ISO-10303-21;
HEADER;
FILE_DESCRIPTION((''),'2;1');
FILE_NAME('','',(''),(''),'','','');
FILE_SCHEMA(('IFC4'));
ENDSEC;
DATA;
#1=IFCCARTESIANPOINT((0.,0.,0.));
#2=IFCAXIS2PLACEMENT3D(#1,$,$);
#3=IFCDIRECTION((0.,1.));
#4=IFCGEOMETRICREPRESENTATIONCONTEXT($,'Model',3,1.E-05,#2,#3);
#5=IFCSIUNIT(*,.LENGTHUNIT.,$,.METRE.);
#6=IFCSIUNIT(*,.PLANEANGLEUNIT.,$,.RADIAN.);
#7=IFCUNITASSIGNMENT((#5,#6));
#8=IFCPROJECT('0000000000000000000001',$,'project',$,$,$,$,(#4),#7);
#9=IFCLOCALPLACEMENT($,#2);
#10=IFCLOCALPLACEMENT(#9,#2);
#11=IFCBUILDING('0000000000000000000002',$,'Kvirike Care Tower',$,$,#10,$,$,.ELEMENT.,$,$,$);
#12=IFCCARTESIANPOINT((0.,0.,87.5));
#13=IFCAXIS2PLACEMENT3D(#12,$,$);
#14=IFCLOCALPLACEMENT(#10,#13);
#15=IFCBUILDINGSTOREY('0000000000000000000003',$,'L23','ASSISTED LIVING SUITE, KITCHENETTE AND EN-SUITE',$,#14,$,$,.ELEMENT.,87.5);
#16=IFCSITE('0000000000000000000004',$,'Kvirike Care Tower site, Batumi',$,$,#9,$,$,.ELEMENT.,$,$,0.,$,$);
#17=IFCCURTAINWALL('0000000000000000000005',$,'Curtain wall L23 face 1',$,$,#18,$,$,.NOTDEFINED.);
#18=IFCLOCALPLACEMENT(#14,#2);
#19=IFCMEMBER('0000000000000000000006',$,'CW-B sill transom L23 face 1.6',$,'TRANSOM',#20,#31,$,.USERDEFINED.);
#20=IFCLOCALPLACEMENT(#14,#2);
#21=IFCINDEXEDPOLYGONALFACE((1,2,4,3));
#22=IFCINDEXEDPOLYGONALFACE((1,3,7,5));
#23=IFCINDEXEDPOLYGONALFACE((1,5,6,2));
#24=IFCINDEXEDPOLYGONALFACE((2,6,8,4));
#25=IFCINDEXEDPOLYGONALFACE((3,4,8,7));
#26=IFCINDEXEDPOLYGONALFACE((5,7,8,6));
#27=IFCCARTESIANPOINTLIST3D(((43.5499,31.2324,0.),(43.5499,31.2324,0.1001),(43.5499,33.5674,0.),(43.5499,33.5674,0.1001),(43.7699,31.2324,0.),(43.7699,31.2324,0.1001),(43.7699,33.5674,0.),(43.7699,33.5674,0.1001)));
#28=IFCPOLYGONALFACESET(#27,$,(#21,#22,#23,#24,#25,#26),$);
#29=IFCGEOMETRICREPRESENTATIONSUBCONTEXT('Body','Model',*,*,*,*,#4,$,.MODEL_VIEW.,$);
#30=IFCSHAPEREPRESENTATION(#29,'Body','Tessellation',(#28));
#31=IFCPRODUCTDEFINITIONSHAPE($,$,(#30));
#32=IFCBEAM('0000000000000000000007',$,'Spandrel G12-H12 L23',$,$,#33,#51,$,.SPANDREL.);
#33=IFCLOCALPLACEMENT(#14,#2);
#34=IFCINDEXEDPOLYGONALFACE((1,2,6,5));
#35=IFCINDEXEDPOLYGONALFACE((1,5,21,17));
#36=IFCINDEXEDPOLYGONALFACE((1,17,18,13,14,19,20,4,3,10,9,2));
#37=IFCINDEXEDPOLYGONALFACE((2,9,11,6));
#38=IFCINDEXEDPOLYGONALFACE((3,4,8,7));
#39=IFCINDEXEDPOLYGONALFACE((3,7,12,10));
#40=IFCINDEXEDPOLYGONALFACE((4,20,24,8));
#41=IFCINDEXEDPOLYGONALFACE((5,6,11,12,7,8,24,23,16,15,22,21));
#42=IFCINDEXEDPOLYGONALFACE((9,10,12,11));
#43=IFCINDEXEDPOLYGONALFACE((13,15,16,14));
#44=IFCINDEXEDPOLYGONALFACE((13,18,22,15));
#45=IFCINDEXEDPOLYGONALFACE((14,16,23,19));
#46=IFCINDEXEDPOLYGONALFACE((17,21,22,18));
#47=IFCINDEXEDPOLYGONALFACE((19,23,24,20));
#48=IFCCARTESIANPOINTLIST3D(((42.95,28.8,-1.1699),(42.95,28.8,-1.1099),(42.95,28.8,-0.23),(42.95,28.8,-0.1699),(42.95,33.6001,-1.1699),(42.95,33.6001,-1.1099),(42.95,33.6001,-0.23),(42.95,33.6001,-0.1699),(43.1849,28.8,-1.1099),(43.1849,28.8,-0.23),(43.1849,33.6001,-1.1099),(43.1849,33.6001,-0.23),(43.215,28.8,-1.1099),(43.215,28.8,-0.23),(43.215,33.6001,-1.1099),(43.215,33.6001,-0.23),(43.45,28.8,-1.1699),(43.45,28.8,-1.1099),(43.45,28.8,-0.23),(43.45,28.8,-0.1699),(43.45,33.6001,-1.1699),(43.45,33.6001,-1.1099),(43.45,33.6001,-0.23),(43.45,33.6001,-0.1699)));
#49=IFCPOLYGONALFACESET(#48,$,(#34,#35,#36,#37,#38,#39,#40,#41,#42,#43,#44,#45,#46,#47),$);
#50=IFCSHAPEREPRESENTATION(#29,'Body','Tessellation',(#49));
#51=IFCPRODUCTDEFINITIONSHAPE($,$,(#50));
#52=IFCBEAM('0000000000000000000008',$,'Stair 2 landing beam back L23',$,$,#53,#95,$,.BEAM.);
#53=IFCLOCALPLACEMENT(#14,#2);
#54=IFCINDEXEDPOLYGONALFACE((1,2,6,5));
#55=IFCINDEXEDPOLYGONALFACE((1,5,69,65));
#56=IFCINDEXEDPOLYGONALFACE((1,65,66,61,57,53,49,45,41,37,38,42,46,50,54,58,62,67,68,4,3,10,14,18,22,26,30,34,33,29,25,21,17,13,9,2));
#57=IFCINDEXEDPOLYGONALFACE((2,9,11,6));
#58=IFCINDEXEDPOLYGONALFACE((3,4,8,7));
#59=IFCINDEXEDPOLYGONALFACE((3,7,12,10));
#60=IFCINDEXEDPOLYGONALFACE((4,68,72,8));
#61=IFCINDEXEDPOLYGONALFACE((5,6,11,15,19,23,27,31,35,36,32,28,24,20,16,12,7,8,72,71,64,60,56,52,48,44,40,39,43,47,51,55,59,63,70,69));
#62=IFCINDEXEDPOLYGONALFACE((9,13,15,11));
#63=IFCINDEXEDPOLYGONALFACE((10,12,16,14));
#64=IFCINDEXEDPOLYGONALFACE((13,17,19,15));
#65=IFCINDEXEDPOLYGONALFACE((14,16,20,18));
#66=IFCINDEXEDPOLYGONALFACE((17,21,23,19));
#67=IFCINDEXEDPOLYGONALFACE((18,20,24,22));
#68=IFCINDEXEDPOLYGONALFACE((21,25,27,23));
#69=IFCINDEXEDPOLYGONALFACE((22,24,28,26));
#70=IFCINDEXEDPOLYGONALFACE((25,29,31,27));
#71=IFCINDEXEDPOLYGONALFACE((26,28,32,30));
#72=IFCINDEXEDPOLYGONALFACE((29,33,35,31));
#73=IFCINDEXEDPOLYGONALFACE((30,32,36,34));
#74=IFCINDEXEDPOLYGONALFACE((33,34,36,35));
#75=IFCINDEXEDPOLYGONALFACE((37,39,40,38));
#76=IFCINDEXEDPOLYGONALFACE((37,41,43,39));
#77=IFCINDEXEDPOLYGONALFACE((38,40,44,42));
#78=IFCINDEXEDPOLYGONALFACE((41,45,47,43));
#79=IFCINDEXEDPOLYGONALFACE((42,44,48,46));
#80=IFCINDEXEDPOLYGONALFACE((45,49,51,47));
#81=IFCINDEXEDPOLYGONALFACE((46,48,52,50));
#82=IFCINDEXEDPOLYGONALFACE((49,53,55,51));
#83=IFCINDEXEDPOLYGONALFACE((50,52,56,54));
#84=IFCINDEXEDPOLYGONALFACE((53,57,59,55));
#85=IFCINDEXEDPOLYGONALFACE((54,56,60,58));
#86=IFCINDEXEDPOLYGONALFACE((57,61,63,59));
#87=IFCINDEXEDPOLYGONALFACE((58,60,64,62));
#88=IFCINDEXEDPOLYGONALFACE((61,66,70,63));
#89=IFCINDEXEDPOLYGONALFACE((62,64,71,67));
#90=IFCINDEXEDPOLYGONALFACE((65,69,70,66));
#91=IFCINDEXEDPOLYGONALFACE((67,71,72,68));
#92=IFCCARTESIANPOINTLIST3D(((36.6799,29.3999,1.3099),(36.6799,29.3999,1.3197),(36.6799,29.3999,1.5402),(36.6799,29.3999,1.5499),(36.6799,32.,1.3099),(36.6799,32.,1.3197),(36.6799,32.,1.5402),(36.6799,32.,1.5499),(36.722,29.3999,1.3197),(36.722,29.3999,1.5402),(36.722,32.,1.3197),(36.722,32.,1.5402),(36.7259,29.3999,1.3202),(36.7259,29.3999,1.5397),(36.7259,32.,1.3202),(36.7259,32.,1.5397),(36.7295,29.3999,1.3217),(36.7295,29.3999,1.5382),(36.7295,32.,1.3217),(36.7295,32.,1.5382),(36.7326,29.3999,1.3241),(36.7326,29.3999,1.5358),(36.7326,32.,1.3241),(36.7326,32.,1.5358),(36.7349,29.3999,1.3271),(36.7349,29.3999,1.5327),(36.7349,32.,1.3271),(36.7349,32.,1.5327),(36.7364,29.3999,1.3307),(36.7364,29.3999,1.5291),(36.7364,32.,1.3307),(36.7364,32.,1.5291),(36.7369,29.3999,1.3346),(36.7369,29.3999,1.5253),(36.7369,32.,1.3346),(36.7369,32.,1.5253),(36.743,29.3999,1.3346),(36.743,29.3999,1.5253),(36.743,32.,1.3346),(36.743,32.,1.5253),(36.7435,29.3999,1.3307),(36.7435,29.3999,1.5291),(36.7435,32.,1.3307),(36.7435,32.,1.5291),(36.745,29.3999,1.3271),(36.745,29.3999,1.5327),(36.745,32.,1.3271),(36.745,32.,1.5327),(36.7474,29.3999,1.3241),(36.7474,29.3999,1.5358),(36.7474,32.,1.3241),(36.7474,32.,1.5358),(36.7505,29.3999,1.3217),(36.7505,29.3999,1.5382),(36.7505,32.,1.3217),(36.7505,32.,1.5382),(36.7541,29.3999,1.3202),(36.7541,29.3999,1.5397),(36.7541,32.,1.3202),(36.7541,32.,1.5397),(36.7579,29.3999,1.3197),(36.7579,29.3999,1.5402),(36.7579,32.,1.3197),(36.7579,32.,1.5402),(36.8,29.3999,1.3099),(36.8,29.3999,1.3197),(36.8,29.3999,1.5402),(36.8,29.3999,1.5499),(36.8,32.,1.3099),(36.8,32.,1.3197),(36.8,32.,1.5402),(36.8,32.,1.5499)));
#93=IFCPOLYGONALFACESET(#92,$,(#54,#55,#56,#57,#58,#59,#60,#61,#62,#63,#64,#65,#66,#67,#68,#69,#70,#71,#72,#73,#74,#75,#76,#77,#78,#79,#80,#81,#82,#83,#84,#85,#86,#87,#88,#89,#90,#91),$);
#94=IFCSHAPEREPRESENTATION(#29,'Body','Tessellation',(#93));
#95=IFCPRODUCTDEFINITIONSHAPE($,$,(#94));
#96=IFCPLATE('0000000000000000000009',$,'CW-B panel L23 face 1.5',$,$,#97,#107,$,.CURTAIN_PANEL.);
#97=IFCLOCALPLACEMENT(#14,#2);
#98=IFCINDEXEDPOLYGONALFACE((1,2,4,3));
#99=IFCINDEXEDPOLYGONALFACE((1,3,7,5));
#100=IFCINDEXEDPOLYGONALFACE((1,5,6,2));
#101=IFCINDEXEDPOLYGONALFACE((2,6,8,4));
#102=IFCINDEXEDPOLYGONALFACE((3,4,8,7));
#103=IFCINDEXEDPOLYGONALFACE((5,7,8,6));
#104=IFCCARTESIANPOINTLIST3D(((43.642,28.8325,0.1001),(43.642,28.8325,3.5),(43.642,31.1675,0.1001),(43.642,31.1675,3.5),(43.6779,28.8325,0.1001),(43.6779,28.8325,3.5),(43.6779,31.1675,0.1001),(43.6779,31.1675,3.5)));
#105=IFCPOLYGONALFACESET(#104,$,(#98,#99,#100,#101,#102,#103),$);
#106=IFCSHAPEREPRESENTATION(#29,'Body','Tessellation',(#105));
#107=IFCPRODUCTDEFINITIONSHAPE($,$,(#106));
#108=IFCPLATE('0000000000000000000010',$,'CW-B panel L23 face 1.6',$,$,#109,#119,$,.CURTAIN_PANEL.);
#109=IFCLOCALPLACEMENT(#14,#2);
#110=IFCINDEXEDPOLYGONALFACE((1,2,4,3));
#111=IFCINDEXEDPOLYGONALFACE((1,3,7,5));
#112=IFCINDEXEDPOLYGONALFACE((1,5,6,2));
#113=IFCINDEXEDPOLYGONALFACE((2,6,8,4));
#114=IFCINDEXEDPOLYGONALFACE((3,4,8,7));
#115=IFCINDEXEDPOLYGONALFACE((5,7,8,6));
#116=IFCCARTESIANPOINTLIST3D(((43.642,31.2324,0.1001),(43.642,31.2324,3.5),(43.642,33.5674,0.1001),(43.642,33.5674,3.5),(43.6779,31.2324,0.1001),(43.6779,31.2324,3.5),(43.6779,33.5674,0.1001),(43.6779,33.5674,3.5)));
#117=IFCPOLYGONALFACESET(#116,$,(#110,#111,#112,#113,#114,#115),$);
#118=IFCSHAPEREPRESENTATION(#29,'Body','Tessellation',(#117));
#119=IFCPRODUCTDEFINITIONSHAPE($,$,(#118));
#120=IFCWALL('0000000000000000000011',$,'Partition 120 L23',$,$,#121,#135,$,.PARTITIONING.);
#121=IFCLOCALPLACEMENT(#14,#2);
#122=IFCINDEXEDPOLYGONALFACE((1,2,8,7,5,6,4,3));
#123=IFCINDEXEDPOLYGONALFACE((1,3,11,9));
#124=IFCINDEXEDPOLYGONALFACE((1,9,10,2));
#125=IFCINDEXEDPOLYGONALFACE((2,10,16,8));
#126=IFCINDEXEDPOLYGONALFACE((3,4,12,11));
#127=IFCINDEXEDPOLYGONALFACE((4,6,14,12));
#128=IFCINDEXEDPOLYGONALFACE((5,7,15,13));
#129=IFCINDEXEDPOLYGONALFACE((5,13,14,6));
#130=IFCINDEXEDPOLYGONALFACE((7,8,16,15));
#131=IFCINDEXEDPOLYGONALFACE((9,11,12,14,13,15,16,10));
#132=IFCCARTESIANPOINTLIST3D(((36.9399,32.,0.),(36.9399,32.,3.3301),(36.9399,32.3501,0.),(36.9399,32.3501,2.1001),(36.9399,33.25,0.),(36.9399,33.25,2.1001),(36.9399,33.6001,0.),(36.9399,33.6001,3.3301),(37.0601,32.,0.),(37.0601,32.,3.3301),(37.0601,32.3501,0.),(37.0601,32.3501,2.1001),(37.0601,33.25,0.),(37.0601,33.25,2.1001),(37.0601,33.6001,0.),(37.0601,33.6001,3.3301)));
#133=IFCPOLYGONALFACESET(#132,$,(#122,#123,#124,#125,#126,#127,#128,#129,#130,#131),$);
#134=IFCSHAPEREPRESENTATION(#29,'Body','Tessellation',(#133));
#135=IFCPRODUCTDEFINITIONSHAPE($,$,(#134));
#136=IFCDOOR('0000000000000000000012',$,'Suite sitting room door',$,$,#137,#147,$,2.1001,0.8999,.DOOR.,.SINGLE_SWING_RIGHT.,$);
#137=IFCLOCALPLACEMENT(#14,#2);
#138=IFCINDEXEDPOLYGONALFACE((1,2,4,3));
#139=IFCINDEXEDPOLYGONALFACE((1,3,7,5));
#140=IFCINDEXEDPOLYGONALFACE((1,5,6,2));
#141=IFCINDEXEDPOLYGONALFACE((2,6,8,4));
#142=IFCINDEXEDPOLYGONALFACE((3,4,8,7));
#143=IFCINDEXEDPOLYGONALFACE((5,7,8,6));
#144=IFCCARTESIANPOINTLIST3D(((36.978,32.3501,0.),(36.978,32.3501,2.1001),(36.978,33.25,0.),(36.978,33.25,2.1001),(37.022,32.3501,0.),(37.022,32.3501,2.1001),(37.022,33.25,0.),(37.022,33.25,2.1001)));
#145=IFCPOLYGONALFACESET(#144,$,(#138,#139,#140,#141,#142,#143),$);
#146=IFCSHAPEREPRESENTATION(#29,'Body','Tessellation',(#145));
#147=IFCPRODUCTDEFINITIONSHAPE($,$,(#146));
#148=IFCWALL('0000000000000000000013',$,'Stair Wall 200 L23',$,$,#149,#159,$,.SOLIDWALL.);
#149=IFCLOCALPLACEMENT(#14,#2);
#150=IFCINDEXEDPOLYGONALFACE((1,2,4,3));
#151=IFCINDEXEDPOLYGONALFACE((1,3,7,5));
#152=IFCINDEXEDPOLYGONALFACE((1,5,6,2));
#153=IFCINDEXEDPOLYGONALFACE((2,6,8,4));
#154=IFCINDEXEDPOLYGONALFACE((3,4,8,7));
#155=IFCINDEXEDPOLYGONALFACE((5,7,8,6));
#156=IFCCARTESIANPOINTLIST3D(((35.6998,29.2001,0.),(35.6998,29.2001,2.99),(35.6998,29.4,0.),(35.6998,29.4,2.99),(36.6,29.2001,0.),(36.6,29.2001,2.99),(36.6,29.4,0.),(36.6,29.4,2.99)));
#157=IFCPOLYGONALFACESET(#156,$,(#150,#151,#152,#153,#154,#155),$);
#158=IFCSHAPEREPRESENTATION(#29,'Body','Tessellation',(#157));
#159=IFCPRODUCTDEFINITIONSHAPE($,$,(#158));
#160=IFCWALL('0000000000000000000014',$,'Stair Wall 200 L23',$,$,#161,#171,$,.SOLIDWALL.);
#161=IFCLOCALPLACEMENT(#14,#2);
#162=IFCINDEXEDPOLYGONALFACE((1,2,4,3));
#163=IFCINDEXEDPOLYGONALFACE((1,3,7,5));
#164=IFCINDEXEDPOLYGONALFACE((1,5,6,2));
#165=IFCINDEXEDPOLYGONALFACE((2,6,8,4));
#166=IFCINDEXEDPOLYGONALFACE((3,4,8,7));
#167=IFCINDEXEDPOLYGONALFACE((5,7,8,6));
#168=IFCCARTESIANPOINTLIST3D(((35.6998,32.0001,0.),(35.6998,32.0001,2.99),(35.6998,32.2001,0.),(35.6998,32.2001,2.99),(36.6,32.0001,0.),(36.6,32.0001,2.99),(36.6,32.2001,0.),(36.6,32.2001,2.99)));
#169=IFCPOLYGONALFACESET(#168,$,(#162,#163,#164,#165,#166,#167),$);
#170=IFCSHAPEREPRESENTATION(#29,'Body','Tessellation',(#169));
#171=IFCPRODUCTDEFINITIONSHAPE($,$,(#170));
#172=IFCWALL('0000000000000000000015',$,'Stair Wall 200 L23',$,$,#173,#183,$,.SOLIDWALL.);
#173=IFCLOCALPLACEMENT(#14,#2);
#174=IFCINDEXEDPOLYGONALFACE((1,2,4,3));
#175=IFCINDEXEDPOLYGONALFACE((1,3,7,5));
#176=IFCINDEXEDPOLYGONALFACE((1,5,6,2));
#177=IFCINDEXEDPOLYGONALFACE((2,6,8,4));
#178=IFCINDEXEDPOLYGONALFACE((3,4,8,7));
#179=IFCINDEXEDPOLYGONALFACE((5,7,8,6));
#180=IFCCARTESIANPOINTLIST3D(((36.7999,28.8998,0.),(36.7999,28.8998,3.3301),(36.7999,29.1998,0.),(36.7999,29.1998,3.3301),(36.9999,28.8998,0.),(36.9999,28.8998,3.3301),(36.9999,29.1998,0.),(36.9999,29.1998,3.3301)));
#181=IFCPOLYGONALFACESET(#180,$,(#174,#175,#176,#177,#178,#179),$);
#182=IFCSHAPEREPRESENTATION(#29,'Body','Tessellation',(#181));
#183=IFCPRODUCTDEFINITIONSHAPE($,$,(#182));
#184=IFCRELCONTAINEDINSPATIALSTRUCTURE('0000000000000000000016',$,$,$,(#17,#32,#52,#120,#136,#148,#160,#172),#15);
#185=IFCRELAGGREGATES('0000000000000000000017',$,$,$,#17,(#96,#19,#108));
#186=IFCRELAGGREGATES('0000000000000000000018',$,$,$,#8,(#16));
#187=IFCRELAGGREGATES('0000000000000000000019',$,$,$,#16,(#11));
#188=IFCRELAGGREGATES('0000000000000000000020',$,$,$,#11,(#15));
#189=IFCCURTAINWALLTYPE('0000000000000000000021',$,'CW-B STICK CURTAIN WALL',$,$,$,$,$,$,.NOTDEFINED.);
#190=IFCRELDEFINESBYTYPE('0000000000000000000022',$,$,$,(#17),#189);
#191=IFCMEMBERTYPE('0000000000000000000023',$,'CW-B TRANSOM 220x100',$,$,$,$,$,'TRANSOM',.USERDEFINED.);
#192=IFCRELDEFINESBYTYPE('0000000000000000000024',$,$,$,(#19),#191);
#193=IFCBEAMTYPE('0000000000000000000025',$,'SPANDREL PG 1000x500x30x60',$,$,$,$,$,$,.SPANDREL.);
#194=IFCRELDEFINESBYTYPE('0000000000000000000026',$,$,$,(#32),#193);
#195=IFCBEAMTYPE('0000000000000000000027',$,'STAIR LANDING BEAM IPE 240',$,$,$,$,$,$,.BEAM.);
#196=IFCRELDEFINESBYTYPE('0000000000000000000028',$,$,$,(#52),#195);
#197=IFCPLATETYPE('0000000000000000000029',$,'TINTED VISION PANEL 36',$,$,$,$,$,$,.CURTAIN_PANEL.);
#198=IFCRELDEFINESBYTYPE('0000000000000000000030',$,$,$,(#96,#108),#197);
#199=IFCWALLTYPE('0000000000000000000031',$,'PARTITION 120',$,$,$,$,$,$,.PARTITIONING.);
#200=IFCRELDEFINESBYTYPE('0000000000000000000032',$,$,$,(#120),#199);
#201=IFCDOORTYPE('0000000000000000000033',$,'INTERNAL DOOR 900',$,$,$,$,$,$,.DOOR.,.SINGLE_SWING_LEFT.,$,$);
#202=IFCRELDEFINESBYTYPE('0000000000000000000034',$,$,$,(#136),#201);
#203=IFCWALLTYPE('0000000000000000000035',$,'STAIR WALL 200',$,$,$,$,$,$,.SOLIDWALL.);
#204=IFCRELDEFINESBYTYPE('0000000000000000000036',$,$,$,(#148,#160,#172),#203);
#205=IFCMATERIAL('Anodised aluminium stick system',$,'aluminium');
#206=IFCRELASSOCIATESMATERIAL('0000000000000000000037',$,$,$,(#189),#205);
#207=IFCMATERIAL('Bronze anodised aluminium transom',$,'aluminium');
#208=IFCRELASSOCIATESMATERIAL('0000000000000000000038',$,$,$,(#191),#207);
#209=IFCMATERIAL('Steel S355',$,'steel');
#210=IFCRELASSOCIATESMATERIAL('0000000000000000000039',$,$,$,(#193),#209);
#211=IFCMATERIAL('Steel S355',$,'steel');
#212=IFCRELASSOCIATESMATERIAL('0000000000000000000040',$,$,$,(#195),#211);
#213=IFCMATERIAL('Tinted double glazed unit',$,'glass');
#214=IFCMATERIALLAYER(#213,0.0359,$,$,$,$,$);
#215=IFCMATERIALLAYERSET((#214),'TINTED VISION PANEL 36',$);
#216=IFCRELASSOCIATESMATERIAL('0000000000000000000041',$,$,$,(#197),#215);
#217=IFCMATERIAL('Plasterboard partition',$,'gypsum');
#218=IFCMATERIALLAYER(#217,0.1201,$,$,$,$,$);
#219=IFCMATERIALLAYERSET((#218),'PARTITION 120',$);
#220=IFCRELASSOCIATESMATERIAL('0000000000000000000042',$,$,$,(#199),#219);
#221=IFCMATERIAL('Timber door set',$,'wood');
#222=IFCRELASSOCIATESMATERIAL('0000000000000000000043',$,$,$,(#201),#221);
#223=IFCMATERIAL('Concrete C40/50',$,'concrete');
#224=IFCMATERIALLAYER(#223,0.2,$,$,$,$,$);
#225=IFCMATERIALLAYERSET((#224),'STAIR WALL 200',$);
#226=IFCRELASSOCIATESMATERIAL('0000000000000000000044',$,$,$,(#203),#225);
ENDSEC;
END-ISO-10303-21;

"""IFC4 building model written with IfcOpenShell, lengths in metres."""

from ifc_helpers import new_model, si_unit, direction, frame, frame_2d, origin, origin_2d, place, context, subcontext, project, spatial, rectangle, i_section, extrude, material, layer, layer_set, material_profile, profile_set, type_object, element, fill, aggregate, save


model = new_model("IFC4")

# Units and contexts
model_context = context("Model", 3, precision=1e-05, world=origin(), true_north=direction((0.0, 1.0)))
body_context = subcontext(model_context, "Body", "Model", "MODEL_VIEW")
ifc_project = project(units=[si_unit("LENGTHUNIT", "METRE"), si_unit("PLANEANGLEUNIT", "RADIAN")], contexts=[model_context])

# Site, building, storey
site_placement = place(None, origin())
site = spatial("IfcSite", under=ifc_project, at=site_placement, Name="Kvirike Care Tower site, Batumi", CompositionType="ELEMENT", RefElevation=0.0)
building_placement = place(site_placement, origin())
building = spatial("IfcBuilding", under=site, at=building_placement, Name="Kvirike Care Tower", CompositionType="ELEMENT")
storey_placement = place(building_placement, frame((0.0, 0.0, 87.5)))
storey = spatial("IfcBuildingStorey", under=building, at=storey_placement, Name="L23", Description="ASSISTED LIVING SUITE, KITCHENETTE AND EN-SUITE", CompositionType="ELEMENT", Elevation=87.5)

# Curtain wall, member
ifc_material_1 = material(Name="Anodised aluminium stick system", Category="aluminium")
curtain_wall_type = type_object("IfcCurtainWallType", Name="CW-B STICK CURTAIN WALL", PredefinedType="NOTDEFINED", material=ifc_material_1)
curtain_wall_placement = place(storey_placement, origin())
curtain_wall = element("IfcCurtainWall", 1, at=curtain_wall_placement, inside=storey, type_object=curtain_wall_type, Name="Curtain wall L23 face 1", PredefinedType="NOTDEFINED")
ifc_material_2 = material(Name="Bronze anodised aluminium transom", Category="aluminium")
ifc_material_profile_1 = material_profile(ifc_material_2, rectangle(XDim=0.22, YDim=0.1001, at=origin_2d()), Name="CW-B TRANSOM 220x100")
ifc_profile_set_1 = profile_set([ifc_material_profile_1], Name="Bronze anodised aluminium transom")
member_type_1 = type_object("IfcMemberType", Name="CW-B TRANSOM 220x100", ElementType="TRANSOM", PredefinedType="USERDEFINED", material=ifc_profile_set_1)
member_1_placement = place(storey_placement, frame((43.6599, 31.2324, 0.05), z_axis=(0.0, 1.0, 0.0), x_axis=(-1.0, 0.0, 0.0)))
member_1 = element("IfcMember", 2, at=member_1_placement, type_object=member_type_1, Name="CW-B sill transom L23 face 1.6", ObjectType="TRANSOM", PredefinedType="USERDEFINED", context=body_context, shape_type="SweptSolid", body=[
    extrude(rectangle(XDim=0.22, YDim=0.1001, at=origin_2d()), origin(), (0.0, 0.0, 1.0), 2.335),
])

# Beams
ifc_material_3 = material(Name="Steel S355", Category="steel")
ifc_material_profile_2 = material_profile(ifc_material_3, i_section(OverallWidth=0.5, OverallDepth=1.0, WebThickness=0.03, FlangeThickness=0.0601, at=origin_2d()), Name="PG 1000x500x30x60")
ifc_profile_set_2 = profile_set([ifc_material_profile_2], Name="Steel S355")
beam_type_1 = type_object("IfcBeamType", Name="SPANDREL PG 1000x500x30x60", PredefinedType="SPANDREL", material=ifc_profile_set_2)
beam_1_placement = place(storey_placement, frame((43.2, 28.8, -0.6699), z_axis=(0.0, 1.0, 0.0), x_axis=(-1.0, 0.0, 0.0)))
element("IfcBeam", 3, at=beam_1_placement, inside=storey, type_object=beam_type_1, Name="Spandrel G12-H12 L23", PredefinedType="SPANDREL", context=body_context, shape_type="SweptSolid", body=[
    extrude(i_section(OverallWidth=0.5, OverallDepth=1.0, WebThickness=0.03, FlangeThickness=0.0601, at=origin_2d()), origin(), (0.0, 0.0, 1.0), 4.8),
])
ifc_material_4 = material(Name="Steel S355", Category="steel")
ifc_material_profile_3 = material_profile(ifc_material_4, i_section(OverallWidth=0.1201, OverallDepth=0.24, WebThickness=0.0061, FlangeThickness=0.0098, FilletRadius=0.0149, at=origin_2d()), Name="IPE 240")
ifc_profile_set_3 = profile_set([ifc_material_profile_3], Name="Steel S355")
beam_type_2 = type_object("IfcBeamType", Name="STAIR LANDING BEAM IPE 240", PredefinedType="BEAM", material=ifc_profile_set_3)
beam_2_placement = place(storey_placement, frame((36.74, 29.3999, 1.4299), z_axis=(0.0, 1.0, 0.0), x_axis=(-1.0, 0.0, 0.0)))
element("IfcBeam", 4, at=beam_2_placement, inside=storey, type_object=beam_type_2, Name="Stair 2 landing beam back L23", PredefinedType="BEAM", context=body_context, shape_type="SweptSolid", body=[
    extrude(i_section(OverallWidth=0.1201, OverallDepth=0.24, WebThickness=0.0061, FlangeThickness=0.0098, FilletRadius=0.0149, at=origin_2d()), origin(), (0.0, 0.0, 1.0), 2.6001),
])

# Plates
ifc_material_5 = material(Name="Tinted double glazed unit", Category="glass")
ifc_layer_1 = layer(ifc_material_5, 0.0359)
ifc_layer_set_1 = layer_set([ifc_layer_1], Name="TINTED VISION PANEL 36")
plate_type = type_object("IfcPlateType", Name="TINTED VISION PANEL 36", PredefinedType="CURTAIN_PANEL", material=ifc_layer_set_1)
plate_1_placement = place(storey_placement, frame((43.6599, 30.0, 0.1001), z_axis=(0.0, 0.0, 1.0), x_axis=(0.0, 1.0, 0.0)))
plate_1 = element("IfcPlate", 5, at=plate_1_placement, type_object=plate_type, Name="CW-B panel L23 face 1.5", PredefinedType="CURTAIN_PANEL", context=body_context, shape_type="SweptSolid", body=[
    extrude(rectangle(XDim=2.335, YDim=0.0359, at=origin_2d()), origin(), (0.0, 0.0, 1.0), 3.3999),
])
plate_2_placement = place(storey_placement, frame((43.6599, 32.3999, 0.1001), z_axis=(0.0, 0.0, 1.0), x_axis=(0.0, 1.0, 0.0)))
plate_2 = element("IfcPlate", 6, at=plate_2_placement, type_object=plate_type, Name="CW-B panel L23 face 1.6", PredefinedType="CURTAIN_PANEL", context=body_context, shape_type="SweptSolid", body=[
    extrude(rectangle(XDim=2.335, YDim=0.0359, at=origin_2d()), origin(), (0.0, 0.0, 1.0), 3.3999),
])
aggregate(curtain_wall, [plate_1, member_1, plate_2])

# Wall, opening, door
ifc_material_6 = material(Name="Plasterboard partition", Category="gypsum")
ifc_layer_2 = layer(ifc_material_6, 0.1201)
ifc_layer_set_2 = layer_set([ifc_layer_2], Name="PARTITION 120")
wall_type_1 = type_object("IfcWallType", Name="PARTITION 120", PredefinedType="PARTITIONING", material=ifc_layer_set_2)
wall_1_placement = place(storey_placement, frame((37.0, 32.0, 0.0), z_axis=(0.0, 0.0, 1.0), x_axis=(0.0, 1.0, 0.0)))
wall_1 = element("IfcWall", 7, at=wall_1_placement, inside=storey, type_object=wall_type_1, Name="Partition 120 L23", PredefinedType="PARTITIONING", context=body_context, shape_type="SweptSolid", body=[
    extrude(rectangle(XDim=1.6001, YDim=0.1201, at=frame_2d((0.8, 0.0))), origin(), (0.0, 0.0, 1.0), 3.3301),
])
opening_placement = place(wall_1_placement, frame((0.3501, 0.0, 0.0)))
opening = element("IfcOpeningElement", 8, at=opening_placement, cuts=wall_1, PredefinedType="OPENING", context=body_context, shape_type="SweptSolid", body=[
    extrude(rectangle(XDim=0.8999, YDim=2.1001, at=frame_2d((0.45, 1.05))), frame((0.0, 0.0706, 0.0), z_axis=(0.0, -1.0, 0.0), x_axis=(1.0, 0.0, 0.0)), (0.0, 0.0, 1.0), 0.1411),
])
ifc_material_7 = material(Name="Timber door set", Category="wood")
door_type = type_object("IfcDoorType", Name="INTERNAL DOOR 900", OperationType="SINGLE_SWING_LEFT", PredefinedType="DOOR", material=ifc_material_7)
door_placement = place(opening_placement, origin())
door = element("IfcDoor", 9, at=door_placement, inside=storey, type_object=door_type, Name="Suite sitting room door", OperationType="SINGLE_SWING_RIGHT", OverallHeight=2.1001, OverallWidth=0.8999, PredefinedType="DOOR", context=body_context, shape_type="SweptSolid", body=[
    extrude(rectangle(XDim=0.8999, YDim=2.1001, at=frame_2d((0.45, 1.05))), frame((0.0, 0.022, 0.0), z_axis=(0.0, -1.0, 0.0), x_axis=(1.0, 0.0, 0.0)), (0.0, 0.0, 1.0), 0.0439),
])
fill(opening, door)

# Walls
ifc_material_8 = material(Name="Concrete C40/50", Category="concrete")
ifc_layer_3 = layer(ifc_material_8, 0.2)
ifc_layer_set_3 = layer_set([ifc_layer_3], Name="STAIR WALL 200")
wall_type_2 = type_object("IfcWallType", Name="STAIR WALL 200", PredefinedType="SOLIDWALL", material=ifc_layer_set_3)
for number, where, z_axis, x_axis, name in (
    (10, (36.6001, 29.3, 0.0), (0.0, 0.0, 1.0), (-1.0, 0.0, 0.0), "Stair Wall 200 L23"),
    (11, (36.6001, 32.1001, 0.0), (0.0, 0.0, 1.0), (-1.0, 0.0, 0.0), "Stair Wall 200 L23"),
):
    element("IfcWall", number, at=place(storey_placement, frame(where, z_axis=z_axis, x_axis=x_axis)), inside=storey, type_object=wall_type_2, Name=name, PredefinedType="SOLIDWALL", context=body_context, shape_type="SweptSolid", body=[
        extrude(rectangle(XDim=0.9001, YDim=0.2, at=frame_2d((0.4502, 0.0))), origin(), (0.0, 0.0, 1.0), 2.99),
    ])
wall_2_placement = place(storey_placement, frame((36.8999, 28.8999, 0.0), z_axis=(0.0, 0.0, 1.0), x_axis=(0.0, 1.0, 0.0)))
element("IfcWall", 12, at=wall_2_placement, inside=storey, type_object=wall_type_2, Name="Stair Wall 200 L23", PredefinedType="SOLIDWALL", context=body_context, shape_type="SweptSolid", body=[
    extrude(rectangle(XDim=0.3, YDim=0.2, at=frame_2d((0.1499, 0.0))), origin(), (0.0, 0.0, 1.0), 3.3301),
])

save(model, "model.ifc")
